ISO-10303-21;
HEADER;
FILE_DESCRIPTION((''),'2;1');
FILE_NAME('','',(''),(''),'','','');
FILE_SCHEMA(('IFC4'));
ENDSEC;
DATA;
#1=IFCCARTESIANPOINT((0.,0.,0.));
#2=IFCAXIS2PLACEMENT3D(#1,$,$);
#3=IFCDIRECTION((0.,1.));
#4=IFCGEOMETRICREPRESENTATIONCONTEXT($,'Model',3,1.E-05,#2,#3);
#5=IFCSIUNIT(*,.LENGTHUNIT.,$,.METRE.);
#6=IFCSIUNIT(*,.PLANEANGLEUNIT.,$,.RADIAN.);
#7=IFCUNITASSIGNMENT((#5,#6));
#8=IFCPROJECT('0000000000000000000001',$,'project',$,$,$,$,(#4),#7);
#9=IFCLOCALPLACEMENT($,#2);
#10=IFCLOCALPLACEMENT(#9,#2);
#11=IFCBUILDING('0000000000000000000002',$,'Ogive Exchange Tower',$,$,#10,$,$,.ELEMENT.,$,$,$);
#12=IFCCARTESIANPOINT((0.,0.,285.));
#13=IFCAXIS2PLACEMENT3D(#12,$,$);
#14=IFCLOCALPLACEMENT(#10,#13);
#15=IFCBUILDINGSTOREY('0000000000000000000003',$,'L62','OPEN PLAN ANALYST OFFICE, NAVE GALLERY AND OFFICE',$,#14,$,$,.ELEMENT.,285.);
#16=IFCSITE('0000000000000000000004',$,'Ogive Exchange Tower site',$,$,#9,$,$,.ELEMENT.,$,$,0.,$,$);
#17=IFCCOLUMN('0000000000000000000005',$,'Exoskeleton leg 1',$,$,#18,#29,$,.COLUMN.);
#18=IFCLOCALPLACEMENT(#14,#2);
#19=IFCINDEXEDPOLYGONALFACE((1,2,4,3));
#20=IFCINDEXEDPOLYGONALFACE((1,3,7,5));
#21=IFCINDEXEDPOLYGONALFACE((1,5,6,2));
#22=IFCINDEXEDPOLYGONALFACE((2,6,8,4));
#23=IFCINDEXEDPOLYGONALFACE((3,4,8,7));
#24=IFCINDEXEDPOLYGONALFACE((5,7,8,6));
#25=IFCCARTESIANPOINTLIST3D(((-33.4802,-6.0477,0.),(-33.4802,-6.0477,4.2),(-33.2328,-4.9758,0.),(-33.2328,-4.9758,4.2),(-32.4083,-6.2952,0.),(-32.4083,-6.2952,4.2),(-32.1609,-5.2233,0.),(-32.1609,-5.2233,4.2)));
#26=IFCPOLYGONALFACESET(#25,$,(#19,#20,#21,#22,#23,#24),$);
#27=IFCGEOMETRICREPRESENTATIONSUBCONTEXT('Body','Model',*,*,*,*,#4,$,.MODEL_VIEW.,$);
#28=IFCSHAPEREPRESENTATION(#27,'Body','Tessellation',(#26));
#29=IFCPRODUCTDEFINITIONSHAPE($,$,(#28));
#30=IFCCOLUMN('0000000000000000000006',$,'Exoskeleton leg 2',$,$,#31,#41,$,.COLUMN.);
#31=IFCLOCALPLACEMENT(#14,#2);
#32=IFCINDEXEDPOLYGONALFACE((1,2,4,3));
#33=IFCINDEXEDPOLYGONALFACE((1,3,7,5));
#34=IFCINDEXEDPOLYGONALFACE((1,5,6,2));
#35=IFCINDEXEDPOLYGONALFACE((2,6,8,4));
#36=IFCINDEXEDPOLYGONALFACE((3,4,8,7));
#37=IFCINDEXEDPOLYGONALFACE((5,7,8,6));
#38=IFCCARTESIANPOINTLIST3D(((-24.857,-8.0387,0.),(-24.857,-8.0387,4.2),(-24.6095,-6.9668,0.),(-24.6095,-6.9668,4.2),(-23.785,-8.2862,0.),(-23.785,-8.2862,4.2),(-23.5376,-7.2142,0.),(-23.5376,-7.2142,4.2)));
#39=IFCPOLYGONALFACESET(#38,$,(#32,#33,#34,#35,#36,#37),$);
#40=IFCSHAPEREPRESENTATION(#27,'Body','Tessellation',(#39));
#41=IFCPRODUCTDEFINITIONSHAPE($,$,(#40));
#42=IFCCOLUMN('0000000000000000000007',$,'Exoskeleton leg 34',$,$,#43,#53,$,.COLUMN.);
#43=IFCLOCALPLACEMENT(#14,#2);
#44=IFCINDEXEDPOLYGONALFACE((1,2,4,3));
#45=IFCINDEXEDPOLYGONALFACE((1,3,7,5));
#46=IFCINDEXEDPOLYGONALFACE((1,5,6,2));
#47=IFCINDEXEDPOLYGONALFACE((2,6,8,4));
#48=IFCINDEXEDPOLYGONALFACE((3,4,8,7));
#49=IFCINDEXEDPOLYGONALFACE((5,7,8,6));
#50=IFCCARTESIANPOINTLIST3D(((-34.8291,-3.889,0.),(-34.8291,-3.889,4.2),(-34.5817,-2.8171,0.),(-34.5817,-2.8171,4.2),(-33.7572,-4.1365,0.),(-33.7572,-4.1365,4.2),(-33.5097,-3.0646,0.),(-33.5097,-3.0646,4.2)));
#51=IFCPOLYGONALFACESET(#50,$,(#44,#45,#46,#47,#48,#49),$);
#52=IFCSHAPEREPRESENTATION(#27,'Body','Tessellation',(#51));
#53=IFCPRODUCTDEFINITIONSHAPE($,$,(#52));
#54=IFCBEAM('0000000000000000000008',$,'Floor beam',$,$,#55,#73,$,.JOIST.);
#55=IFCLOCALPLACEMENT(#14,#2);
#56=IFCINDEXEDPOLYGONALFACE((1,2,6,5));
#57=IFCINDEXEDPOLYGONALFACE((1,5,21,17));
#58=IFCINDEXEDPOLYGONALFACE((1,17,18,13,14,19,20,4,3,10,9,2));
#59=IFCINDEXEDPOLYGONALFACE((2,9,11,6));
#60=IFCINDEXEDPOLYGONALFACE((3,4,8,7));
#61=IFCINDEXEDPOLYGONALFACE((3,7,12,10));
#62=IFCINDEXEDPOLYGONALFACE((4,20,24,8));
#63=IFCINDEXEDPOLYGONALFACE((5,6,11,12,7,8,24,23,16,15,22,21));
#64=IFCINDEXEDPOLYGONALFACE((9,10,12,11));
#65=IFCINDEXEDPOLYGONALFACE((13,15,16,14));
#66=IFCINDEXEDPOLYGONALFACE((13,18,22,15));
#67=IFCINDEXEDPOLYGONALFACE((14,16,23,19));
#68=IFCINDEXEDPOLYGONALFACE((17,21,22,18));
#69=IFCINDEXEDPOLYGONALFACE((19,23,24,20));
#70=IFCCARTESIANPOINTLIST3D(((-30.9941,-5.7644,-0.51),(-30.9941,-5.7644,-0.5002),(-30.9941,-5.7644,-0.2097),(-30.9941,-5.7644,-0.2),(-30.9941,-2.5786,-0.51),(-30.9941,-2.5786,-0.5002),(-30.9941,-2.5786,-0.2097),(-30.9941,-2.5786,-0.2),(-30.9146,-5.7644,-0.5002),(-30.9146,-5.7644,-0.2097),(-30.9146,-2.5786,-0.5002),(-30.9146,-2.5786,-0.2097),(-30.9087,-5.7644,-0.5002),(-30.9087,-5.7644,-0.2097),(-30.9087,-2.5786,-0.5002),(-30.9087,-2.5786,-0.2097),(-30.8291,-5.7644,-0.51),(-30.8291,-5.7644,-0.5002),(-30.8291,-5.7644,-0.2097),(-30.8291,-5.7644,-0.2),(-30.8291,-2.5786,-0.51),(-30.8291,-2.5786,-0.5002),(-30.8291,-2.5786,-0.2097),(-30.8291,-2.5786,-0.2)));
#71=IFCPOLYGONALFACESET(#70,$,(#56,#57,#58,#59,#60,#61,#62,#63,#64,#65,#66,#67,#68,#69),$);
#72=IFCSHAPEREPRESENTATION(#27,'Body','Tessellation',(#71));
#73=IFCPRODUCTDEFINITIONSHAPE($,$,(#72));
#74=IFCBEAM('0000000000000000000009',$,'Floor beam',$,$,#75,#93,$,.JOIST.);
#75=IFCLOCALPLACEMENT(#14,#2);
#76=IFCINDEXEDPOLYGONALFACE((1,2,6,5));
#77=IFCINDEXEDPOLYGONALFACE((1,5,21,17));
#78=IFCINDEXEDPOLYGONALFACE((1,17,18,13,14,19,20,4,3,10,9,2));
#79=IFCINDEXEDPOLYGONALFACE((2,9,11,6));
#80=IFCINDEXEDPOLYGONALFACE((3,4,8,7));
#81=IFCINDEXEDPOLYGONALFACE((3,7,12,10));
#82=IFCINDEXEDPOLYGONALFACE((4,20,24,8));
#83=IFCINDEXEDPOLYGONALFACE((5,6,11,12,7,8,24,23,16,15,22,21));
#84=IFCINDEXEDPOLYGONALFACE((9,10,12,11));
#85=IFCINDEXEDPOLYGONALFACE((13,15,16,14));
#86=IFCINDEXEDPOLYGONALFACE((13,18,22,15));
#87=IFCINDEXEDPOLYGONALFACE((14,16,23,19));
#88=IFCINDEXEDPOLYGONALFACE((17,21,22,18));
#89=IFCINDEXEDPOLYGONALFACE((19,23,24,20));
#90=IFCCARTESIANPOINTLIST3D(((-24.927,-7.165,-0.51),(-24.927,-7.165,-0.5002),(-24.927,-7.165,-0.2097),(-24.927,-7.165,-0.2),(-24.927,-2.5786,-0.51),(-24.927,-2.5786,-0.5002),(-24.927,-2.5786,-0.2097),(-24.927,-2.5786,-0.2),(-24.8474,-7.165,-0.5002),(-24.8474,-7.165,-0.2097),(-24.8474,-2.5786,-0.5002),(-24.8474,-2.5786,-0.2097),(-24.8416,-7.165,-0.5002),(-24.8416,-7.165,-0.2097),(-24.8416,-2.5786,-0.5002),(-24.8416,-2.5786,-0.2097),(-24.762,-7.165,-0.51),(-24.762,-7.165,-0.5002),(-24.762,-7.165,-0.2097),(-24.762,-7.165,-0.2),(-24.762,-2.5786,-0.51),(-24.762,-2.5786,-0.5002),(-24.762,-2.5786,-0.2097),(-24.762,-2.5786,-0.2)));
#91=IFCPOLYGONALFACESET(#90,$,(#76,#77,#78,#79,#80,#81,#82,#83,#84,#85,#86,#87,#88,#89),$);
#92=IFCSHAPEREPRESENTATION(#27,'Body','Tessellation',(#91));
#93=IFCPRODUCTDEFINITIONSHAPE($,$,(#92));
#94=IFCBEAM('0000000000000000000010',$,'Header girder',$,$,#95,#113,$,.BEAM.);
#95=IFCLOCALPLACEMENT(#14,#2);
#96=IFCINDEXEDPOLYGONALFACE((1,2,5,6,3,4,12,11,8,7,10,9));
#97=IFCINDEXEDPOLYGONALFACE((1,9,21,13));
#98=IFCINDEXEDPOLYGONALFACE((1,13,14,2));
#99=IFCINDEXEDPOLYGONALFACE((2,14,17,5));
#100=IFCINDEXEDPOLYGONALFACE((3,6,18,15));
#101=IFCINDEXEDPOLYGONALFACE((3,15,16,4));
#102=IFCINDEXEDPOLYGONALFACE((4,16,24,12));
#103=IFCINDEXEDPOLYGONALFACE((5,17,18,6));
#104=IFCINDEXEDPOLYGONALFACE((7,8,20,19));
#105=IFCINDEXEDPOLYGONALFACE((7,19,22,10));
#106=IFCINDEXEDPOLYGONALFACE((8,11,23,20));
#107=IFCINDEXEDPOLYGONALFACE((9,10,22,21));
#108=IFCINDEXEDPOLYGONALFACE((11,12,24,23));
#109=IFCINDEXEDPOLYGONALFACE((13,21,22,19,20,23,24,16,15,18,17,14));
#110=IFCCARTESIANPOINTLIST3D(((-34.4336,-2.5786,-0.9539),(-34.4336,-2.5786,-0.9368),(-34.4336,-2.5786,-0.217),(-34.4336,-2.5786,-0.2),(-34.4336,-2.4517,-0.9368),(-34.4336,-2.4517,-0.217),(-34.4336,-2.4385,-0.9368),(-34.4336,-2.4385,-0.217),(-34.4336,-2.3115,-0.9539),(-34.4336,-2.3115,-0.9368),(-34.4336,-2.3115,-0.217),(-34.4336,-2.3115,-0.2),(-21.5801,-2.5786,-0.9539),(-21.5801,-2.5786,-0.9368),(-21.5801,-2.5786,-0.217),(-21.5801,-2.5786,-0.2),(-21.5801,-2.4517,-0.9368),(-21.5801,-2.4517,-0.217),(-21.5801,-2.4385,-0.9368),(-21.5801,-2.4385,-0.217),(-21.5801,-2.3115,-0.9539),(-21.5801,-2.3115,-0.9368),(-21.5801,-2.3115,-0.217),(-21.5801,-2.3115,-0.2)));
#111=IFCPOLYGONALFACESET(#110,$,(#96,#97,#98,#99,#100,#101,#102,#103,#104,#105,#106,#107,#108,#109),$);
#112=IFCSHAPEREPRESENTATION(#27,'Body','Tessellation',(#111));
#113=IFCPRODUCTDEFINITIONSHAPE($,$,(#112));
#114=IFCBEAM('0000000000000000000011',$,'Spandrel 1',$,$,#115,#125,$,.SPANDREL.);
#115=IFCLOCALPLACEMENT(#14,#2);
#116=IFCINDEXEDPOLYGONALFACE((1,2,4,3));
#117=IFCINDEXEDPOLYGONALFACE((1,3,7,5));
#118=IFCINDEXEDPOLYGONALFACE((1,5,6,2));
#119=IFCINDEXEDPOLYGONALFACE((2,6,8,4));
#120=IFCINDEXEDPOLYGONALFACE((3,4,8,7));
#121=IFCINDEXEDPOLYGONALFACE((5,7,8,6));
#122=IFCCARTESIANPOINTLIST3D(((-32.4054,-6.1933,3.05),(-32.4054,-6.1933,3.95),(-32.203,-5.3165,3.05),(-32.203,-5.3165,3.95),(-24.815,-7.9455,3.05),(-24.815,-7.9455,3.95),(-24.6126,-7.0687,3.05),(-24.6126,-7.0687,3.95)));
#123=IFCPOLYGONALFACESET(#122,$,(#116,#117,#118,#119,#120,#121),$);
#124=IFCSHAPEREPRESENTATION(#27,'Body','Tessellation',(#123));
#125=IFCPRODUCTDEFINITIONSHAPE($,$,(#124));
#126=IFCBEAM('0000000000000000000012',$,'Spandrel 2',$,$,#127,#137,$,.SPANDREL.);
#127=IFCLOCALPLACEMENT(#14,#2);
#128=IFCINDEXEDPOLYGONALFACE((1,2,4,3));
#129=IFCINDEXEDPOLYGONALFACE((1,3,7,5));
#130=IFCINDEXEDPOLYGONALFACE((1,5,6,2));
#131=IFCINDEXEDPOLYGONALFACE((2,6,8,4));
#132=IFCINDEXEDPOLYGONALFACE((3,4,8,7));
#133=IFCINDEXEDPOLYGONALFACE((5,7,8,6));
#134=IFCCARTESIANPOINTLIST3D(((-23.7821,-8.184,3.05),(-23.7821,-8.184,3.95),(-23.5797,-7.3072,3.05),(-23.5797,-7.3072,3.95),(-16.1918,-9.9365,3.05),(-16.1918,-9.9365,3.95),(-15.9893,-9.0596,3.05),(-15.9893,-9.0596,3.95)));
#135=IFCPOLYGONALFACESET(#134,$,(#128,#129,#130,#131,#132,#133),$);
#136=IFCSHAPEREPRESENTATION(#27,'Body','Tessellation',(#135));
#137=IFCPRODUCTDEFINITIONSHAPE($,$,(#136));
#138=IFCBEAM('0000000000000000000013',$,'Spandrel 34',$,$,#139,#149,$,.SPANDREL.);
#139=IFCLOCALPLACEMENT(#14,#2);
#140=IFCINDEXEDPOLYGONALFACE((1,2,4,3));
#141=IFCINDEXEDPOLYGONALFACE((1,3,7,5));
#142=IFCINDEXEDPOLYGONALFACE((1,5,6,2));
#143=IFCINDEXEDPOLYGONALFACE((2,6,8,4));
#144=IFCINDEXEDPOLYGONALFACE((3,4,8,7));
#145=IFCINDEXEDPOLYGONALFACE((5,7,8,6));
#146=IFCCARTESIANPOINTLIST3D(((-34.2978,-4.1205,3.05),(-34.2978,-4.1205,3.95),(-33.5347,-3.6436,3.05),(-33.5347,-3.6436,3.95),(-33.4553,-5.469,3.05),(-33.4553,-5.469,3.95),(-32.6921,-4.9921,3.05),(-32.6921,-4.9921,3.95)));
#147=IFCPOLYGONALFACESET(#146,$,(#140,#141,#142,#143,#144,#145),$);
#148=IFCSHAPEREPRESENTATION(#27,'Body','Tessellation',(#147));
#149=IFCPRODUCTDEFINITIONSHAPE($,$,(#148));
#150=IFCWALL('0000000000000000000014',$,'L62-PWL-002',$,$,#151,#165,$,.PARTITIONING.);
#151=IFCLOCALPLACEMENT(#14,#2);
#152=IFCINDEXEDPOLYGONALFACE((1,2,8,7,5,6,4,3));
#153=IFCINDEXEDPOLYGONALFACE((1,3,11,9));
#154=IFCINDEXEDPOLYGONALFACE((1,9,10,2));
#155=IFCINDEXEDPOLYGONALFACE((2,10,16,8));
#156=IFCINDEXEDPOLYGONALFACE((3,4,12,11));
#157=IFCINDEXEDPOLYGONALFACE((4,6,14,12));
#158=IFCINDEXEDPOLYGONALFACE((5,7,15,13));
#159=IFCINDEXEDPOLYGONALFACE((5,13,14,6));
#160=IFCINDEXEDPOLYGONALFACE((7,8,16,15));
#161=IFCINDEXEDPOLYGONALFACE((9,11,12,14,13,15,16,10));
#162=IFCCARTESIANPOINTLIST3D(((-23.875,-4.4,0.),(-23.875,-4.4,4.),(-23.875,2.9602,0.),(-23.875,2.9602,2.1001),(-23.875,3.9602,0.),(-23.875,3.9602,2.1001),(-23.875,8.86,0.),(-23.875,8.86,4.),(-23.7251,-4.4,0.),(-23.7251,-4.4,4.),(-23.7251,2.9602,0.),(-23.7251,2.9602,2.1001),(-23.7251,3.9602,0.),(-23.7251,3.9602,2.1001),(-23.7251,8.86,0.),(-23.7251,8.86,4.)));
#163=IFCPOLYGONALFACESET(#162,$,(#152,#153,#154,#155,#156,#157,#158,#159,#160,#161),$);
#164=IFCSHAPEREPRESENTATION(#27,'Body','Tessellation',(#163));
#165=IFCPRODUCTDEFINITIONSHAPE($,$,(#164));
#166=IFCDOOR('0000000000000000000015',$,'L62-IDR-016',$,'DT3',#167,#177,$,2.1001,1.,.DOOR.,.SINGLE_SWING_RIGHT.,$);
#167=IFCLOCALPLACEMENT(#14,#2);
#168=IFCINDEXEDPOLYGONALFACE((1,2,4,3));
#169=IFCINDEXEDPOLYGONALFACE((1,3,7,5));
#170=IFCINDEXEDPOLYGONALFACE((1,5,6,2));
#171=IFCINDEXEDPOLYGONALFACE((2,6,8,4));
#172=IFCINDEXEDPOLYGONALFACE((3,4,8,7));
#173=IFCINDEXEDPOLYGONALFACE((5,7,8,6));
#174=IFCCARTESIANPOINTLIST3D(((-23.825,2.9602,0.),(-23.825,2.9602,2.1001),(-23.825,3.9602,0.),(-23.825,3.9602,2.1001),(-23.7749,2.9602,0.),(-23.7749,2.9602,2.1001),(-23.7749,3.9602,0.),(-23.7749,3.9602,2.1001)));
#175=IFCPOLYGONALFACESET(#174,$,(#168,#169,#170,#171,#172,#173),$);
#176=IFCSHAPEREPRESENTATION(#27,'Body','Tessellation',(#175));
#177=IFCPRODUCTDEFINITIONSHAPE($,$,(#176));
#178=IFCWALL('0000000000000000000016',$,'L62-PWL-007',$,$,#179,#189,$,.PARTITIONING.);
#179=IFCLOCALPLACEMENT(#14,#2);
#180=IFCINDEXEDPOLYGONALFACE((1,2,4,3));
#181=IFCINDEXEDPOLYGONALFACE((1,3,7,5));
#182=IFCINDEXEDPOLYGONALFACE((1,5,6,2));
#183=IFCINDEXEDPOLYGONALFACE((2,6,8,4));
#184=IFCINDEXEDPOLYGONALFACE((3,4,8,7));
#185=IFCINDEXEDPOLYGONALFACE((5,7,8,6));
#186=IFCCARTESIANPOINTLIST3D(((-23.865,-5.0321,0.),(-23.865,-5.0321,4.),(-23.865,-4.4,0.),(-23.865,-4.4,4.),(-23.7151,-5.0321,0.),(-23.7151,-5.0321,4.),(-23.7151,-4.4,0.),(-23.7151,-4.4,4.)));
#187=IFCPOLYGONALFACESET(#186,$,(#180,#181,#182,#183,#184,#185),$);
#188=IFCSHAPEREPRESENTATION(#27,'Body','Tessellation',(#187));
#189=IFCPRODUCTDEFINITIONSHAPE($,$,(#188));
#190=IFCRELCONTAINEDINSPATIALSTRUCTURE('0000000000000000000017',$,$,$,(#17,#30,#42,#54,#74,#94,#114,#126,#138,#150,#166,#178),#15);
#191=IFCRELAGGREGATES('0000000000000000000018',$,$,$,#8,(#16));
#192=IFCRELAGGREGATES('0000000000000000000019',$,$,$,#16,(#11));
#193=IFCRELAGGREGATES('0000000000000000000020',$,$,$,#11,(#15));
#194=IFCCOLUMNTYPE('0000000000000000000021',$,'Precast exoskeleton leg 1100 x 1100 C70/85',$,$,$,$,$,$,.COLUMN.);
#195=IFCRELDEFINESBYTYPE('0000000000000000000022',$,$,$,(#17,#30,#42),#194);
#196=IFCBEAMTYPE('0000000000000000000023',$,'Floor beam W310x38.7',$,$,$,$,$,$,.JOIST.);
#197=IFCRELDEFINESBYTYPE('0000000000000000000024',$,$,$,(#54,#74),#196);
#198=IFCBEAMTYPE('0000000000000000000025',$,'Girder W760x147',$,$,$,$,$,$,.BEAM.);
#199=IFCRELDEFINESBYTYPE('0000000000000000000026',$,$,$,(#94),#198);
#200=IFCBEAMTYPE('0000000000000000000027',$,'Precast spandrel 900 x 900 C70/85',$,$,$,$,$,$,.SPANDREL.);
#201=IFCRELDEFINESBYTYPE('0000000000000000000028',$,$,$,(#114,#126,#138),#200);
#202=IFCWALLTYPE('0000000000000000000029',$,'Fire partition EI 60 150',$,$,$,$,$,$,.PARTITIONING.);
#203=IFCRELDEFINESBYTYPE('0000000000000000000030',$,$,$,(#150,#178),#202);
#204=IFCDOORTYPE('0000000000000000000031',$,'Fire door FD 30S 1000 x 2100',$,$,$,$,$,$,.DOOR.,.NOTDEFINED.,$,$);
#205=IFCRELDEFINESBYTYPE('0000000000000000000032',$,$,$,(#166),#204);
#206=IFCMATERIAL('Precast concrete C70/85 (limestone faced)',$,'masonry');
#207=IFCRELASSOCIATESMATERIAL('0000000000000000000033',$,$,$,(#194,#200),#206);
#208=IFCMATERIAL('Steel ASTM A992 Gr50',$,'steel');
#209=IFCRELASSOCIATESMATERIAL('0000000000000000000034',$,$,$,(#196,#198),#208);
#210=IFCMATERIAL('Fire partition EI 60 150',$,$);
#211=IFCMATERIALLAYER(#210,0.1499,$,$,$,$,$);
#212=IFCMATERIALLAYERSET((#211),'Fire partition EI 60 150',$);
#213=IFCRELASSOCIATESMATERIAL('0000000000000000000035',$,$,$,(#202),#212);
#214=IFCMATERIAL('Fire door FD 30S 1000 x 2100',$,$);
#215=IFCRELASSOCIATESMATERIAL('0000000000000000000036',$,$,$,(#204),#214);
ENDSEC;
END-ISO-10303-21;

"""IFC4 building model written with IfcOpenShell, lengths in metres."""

from ifc_helpers import new_model, si_unit, direction, frame, frame_2d, origin, origin_2d, place, context, subcontext, project, spatial, rectangle, i_section, extrude, material, layer, layer_set, material_profile, profile_set, type_object, element, fill, save


model = new_model("IFC4")

# Units and contexts
model_context = context("Model", 3, precision=1e-05, world=origin(), true_north=direction((0.0, 1.0)))
body_context = subcontext(model_context, "Body", "Model", "MODEL_VIEW")
ifc_project = project(units=[si_unit("LENGTHUNIT", "METRE"), si_unit("PLANEANGLEUNIT", "RADIAN")], contexts=[model_context])

# Site, building, storey
site_placement = place(None, origin())
site = spatial("IfcSite", under=ifc_project, at=site_placement, Name="Ogive Exchange Tower site", CompositionType="ELEMENT", RefElevation=0.0)
building_placement = place(site_placement, origin())
building = spatial("IfcBuilding", under=site, at=building_placement, Name="Ogive Exchange Tower", CompositionType="ELEMENT")
storey_placement = place(building_placement, frame((0.0, 0.0, 285.0)))
storey = spatial("IfcBuildingStorey", under=building, at=storey_placement, Name="L62", Description="OPEN PLAN ANALYST OFFICE, NAVE GALLERY AND OFFICE", CompositionType="ELEMENT", Elevation=285.0)

# Columns
ifc_material_1 = material(Name="Precast concrete C70/85 (limestone faced)", Category="masonry")
ifc_material_profile_1 = material_profile(ifc_material_1, rectangle(XDim=1.1001, YDim=1.1001, at=origin_2d()), Name="1100 x 1100")
ifc_profile_set_1 = profile_set([ifc_material_profile_1], Name="Precast concrete C70/85 (limestone faced)")
column_type = type_object("IfcColumnType", Name="Precast exoskeleton leg 1100 x 1100 C70/85", PredefinedType="COLUMN", material=ifc_profile_set_1)
for number, where, z_axis, x_axis, name in (
    (1, (-32.8206, -5.6355, 0.0), (0.0, 0.0, 1.0), (0.97437, -0.224951, 0.0), "Exoskeleton leg 1"),
    (2, (-24.1973, -7.6265, 0.0), (0.0, 0.0, 1.0), (0.97437, -0.224951, 0.0), "Exoskeleton leg 2"),
    (3, (-34.1694, -3.4768, 0.0), (0.0, 0.0, 1.0), (0.97437, -0.224951, 0.0), "Exoskeleton leg 34"),
):
    element("IfcColumn", number, at=place(storey_placement, frame(where, z_axis=z_axis, x_axis=x_axis)), inside=storey, type_object=column_type, Name=name, PredefinedType="COLUMN", context=body_context, shape_type="SweptSolid", body=[
        extrude(rectangle(XDim=1.1001, YDim=1.1001, at=origin_2d()), origin(), (0.0, 0.0, 1.0), 4.2),
    ])

# Beams
ifc_material_2 = material(Name="Steel ASTM A992 Gr50", Category="steel")
ifc_material_profile_2 = material_profile(ifc_material_2, i_section(OverallWidth=0.165, OverallDepth=0.3101, WebThickness=0.0059, FlangeThickness=0.0098, at=origin_2d()), Name="W310x38.7")
ifc_profile_set_2 = profile_set([ifc_material_profile_2], Name="Steel ASTM A992 Gr50")
beam_type_1 = type_object("IfcBeamType", Name="Floor beam W310x38.7", PredefinedType="JOIST", material=ifc_profile_set_2)
beam_1_placement = place(storey_placement, frame((-30.9116, -5.7644, -0.355), z_axis=(0.0, 1.0, 0.0), x_axis=(-1.0, 0.0, 0.0)))
element("IfcBeam", 4, at=beam_1_placement, inside=storey, type_object=beam_type_1, Name="Floor beam", PredefinedType="JOIST", context=body_context, shape_type="SweptSolid", body=[
    extrude(i_section(OverallWidth=0.165, OverallDepth=0.3101, WebThickness=0.0059, FlangeThickness=0.0098, at=origin_2d()), origin(), (0.0, 0.0, 1.0), 3.1858),
])
beam_2_placement = place(storey_placement, frame((-24.8445, -7.165, -0.355), z_axis=(0.0, 1.0, 0.0), x_axis=(-1.0, 0.0, 0.0)))
element("IfcBeam", 5, at=beam_2_placement, inside=storey, type_object=beam_type_1, Name="Floor beam", PredefinedType="JOIST", context=body_context, shape_type="SweptSolid", body=[
    extrude(i_section(OverallWidth=0.165, OverallDepth=0.3101, WebThickness=0.0059, FlangeThickness=0.0098, at=origin_2d()), origin(), (0.0, 0.0, 1.0), 4.5864),
])
ifc_material_profile_3 = material_profile(ifc_material_2, i_section(OverallWidth=0.2671, OverallDepth=0.7539, WebThickness=0.0132, FlangeThickness=0.0171, at=origin_2d()), Name="W760x147")
ifc_profile_set_3 = profile_set([ifc_material_profile_3], Name="Steel ASTM A992 Gr50")
beam_type_2 = type_object("IfcBeamType", Name="Girder W760x147", PredefinedType="BEAM", material=ifc_profile_set_3)
beam_3_placement = place(storey_placement, frame((-34.4336, -2.4451, -0.5769), z_axis=(1.0, 0.0, 0.0), x_axis=(0.0, 1.0, 0.0)))
element("IfcBeam", 6, at=beam_3_placement, inside=storey, type_object=beam_type_2, Name="Header girder", PredefinedType="BEAM", context=body_context, shape_type="SweptSolid", body=[
    extrude(i_section(OverallWidth=0.2671, OverallDepth=0.7539, WebThickness=0.0132, FlangeThickness=0.0171, at=origin_2d()), origin(), (0.0, 0.0, 1.0), 12.8535),
])
ifc_material_profile_4 = material_profile(ifc_material_1, rectangle(XDim=0.8999, YDim=0.8999, at=origin_2d()), Name="900 x 900")
ifc_profile_set_4 = profile_set([ifc_material_profile_4], Name="Precast concrete C70/85 (limestone faced)")
beam_type_3 = type_object("IfcBeamType", Name="Precast spandrel 900 x 900 C70/85", PredefinedType="SPANDREL", material=ifc_profile_set_4)
for number, where, z_axis, x_axis, name in (
    (7, (-32.3042, -5.7549, 3.5), (0.974375, -0.22493, 0.0), (0.22493, 0.974375, 0.0), "Spandrel 1"),
    (8, (-23.6809, -7.7456, 3.5), (0.974368, -0.22496, 0.0), (0.22496, 0.974368, 0.0), "Spandrel 2"),
):
    element("IfcBeam", number, at=place(storey_placement, frame(where, z_axis=z_axis, x_axis=x_axis)), inside=storey, type_object=beam_type_3, Name=name, PredefinedType="SPANDREL", context=body_context, shape_type="SweptSolid", body=[
        extrude(rectangle(XDim=0.8999, YDim=0.8999, at=origin_2d()), origin(), (0.0, 0.0, 1.0), 7.79),
    ])
beam_4_placement = place(storey_placement, frame((-33.9163, -3.8821, 3.5), z_axis=(0.529902, -0.848059, 0.0), x_axis=(0.848059, 0.529902, 0.0)))
element("IfcBeam", 9, at=beam_4_placement, inside=storey, type_object=beam_type_3, Name="Spandrel 34", PredefinedType="SPANDREL", context=body_context, shape_type="SweptSolid", body=[
    extrude(rectangle(XDim=0.8999, YDim=0.8999, at=origin_2d()), origin(), (0.0, 0.0, 1.0), 1.5901),
])

# Wall, opening, door
ifc_material_3 = material(Name="Fire partition EI 60 150")
ifc_layer_1 = layer(ifc_material_3, 0.1499)
ifc_layer_set_1 = layer_set([ifc_layer_1], Name="Fire partition EI 60 150")
wall_type_1 = type_object("IfcWallType", Name="Fire partition EI 60 150", PredefinedType="PARTITIONING", material=ifc_layer_set_1)
wall_1_placement = place(storey_placement, frame((-23.8, -4.3999, 0.0), z_axis=(0.0, 0.0, 1.0), x_axis=(0.0, 1.0, 0.0)))
wall_1 = element("IfcWall", 10, at=wall_1_placement, inside=storey, type_object=wall_type_1, Name="L62-PWL-002", PredefinedType="PARTITIONING", context=body_context, shape_type="SweptSolid", body=[
    extrude(rectangle(XDim=13.26, YDim=0.1499, at=frame_2d((6.6299, 0.0))), origin(), (0.0, 0.0, 1.0), 4.0),
])
opening_1_placement = place(wall_1_placement, frame((7.3601, 0.0, 0.0)))
opening_1 = element("IfcOpeningElement", 11, at=opening_1_placement, cuts=wall_1, PredefinedType="OPENING", context=body_context, shape_type="SweptSolid", body=[
    extrude(rectangle(XDim=1.0, YDim=2.1001, at=frame_2d((0.5, 1.05))), frame((0.0, 0.085, 0.0), z_axis=(0.0, -1.0, 0.0), x_axis=(1.0, 0.0, 0.0)), (0.0, 0.0, 1.0), 0.1699),
])
ifc_material_4 = material(Name="Fire door FD 30S 1000 x 2100")
door_type_1 = type_object("IfcDoorType", Name="Fire door FD 30S 1000 x 2100", OperationType="NOTDEFINED", PredefinedType="DOOR", material=ifc_material_4)
door_1_placement = place(opening_1_placement, origin())
door_1 = element("IfcDoor", 12, at=door_1_placement, inside=storey, type_object=door_type_1, Name="L62-IDR-016", ObjectType="DT3", OperationType="SINGLE_SWING_RIGHT", OverallHeight=2.1001, OverallWidth=1.0, PredefinedType="DOOR", context=body_context, shape_type="SweptSolid", body=[
    extrude(rectangle(XDim=1.0, YDim=2.1001, at=frame_2d((0.5, 1.05))), frame((0.0, 0.0249, 0.0), z_axis=(0.0, -1.0, 0.0), x_axis=(1.0, 0.0, 0.0)), (0.0, 0.0, 1.0), 0.05),
])
fill(opening_1, door_1)

# Wall
wall_2_placement = place(storey_placement, frame((-23.79, -5.032, 0.0), z_axis=(0.0, 0.0, 1.0), x_axis=(0.0, 1.0, 0.0)))
element("IfcWall", 13, at=wall_2_placement, inside=storey, type_object=wall_type_1, Name="L62-PWL-007", PredefinedType="PARTITIONING", context=body_context, shape_type="SweptSolid", body=[
    extrude(rectangle(XDim=0.6321, YDim=0.1499, at=frame_2d((0.3159, 0.0))), origin(), (0.0, 0.0, 1.0), 4.0),
])

save(model, "model.ifc")
